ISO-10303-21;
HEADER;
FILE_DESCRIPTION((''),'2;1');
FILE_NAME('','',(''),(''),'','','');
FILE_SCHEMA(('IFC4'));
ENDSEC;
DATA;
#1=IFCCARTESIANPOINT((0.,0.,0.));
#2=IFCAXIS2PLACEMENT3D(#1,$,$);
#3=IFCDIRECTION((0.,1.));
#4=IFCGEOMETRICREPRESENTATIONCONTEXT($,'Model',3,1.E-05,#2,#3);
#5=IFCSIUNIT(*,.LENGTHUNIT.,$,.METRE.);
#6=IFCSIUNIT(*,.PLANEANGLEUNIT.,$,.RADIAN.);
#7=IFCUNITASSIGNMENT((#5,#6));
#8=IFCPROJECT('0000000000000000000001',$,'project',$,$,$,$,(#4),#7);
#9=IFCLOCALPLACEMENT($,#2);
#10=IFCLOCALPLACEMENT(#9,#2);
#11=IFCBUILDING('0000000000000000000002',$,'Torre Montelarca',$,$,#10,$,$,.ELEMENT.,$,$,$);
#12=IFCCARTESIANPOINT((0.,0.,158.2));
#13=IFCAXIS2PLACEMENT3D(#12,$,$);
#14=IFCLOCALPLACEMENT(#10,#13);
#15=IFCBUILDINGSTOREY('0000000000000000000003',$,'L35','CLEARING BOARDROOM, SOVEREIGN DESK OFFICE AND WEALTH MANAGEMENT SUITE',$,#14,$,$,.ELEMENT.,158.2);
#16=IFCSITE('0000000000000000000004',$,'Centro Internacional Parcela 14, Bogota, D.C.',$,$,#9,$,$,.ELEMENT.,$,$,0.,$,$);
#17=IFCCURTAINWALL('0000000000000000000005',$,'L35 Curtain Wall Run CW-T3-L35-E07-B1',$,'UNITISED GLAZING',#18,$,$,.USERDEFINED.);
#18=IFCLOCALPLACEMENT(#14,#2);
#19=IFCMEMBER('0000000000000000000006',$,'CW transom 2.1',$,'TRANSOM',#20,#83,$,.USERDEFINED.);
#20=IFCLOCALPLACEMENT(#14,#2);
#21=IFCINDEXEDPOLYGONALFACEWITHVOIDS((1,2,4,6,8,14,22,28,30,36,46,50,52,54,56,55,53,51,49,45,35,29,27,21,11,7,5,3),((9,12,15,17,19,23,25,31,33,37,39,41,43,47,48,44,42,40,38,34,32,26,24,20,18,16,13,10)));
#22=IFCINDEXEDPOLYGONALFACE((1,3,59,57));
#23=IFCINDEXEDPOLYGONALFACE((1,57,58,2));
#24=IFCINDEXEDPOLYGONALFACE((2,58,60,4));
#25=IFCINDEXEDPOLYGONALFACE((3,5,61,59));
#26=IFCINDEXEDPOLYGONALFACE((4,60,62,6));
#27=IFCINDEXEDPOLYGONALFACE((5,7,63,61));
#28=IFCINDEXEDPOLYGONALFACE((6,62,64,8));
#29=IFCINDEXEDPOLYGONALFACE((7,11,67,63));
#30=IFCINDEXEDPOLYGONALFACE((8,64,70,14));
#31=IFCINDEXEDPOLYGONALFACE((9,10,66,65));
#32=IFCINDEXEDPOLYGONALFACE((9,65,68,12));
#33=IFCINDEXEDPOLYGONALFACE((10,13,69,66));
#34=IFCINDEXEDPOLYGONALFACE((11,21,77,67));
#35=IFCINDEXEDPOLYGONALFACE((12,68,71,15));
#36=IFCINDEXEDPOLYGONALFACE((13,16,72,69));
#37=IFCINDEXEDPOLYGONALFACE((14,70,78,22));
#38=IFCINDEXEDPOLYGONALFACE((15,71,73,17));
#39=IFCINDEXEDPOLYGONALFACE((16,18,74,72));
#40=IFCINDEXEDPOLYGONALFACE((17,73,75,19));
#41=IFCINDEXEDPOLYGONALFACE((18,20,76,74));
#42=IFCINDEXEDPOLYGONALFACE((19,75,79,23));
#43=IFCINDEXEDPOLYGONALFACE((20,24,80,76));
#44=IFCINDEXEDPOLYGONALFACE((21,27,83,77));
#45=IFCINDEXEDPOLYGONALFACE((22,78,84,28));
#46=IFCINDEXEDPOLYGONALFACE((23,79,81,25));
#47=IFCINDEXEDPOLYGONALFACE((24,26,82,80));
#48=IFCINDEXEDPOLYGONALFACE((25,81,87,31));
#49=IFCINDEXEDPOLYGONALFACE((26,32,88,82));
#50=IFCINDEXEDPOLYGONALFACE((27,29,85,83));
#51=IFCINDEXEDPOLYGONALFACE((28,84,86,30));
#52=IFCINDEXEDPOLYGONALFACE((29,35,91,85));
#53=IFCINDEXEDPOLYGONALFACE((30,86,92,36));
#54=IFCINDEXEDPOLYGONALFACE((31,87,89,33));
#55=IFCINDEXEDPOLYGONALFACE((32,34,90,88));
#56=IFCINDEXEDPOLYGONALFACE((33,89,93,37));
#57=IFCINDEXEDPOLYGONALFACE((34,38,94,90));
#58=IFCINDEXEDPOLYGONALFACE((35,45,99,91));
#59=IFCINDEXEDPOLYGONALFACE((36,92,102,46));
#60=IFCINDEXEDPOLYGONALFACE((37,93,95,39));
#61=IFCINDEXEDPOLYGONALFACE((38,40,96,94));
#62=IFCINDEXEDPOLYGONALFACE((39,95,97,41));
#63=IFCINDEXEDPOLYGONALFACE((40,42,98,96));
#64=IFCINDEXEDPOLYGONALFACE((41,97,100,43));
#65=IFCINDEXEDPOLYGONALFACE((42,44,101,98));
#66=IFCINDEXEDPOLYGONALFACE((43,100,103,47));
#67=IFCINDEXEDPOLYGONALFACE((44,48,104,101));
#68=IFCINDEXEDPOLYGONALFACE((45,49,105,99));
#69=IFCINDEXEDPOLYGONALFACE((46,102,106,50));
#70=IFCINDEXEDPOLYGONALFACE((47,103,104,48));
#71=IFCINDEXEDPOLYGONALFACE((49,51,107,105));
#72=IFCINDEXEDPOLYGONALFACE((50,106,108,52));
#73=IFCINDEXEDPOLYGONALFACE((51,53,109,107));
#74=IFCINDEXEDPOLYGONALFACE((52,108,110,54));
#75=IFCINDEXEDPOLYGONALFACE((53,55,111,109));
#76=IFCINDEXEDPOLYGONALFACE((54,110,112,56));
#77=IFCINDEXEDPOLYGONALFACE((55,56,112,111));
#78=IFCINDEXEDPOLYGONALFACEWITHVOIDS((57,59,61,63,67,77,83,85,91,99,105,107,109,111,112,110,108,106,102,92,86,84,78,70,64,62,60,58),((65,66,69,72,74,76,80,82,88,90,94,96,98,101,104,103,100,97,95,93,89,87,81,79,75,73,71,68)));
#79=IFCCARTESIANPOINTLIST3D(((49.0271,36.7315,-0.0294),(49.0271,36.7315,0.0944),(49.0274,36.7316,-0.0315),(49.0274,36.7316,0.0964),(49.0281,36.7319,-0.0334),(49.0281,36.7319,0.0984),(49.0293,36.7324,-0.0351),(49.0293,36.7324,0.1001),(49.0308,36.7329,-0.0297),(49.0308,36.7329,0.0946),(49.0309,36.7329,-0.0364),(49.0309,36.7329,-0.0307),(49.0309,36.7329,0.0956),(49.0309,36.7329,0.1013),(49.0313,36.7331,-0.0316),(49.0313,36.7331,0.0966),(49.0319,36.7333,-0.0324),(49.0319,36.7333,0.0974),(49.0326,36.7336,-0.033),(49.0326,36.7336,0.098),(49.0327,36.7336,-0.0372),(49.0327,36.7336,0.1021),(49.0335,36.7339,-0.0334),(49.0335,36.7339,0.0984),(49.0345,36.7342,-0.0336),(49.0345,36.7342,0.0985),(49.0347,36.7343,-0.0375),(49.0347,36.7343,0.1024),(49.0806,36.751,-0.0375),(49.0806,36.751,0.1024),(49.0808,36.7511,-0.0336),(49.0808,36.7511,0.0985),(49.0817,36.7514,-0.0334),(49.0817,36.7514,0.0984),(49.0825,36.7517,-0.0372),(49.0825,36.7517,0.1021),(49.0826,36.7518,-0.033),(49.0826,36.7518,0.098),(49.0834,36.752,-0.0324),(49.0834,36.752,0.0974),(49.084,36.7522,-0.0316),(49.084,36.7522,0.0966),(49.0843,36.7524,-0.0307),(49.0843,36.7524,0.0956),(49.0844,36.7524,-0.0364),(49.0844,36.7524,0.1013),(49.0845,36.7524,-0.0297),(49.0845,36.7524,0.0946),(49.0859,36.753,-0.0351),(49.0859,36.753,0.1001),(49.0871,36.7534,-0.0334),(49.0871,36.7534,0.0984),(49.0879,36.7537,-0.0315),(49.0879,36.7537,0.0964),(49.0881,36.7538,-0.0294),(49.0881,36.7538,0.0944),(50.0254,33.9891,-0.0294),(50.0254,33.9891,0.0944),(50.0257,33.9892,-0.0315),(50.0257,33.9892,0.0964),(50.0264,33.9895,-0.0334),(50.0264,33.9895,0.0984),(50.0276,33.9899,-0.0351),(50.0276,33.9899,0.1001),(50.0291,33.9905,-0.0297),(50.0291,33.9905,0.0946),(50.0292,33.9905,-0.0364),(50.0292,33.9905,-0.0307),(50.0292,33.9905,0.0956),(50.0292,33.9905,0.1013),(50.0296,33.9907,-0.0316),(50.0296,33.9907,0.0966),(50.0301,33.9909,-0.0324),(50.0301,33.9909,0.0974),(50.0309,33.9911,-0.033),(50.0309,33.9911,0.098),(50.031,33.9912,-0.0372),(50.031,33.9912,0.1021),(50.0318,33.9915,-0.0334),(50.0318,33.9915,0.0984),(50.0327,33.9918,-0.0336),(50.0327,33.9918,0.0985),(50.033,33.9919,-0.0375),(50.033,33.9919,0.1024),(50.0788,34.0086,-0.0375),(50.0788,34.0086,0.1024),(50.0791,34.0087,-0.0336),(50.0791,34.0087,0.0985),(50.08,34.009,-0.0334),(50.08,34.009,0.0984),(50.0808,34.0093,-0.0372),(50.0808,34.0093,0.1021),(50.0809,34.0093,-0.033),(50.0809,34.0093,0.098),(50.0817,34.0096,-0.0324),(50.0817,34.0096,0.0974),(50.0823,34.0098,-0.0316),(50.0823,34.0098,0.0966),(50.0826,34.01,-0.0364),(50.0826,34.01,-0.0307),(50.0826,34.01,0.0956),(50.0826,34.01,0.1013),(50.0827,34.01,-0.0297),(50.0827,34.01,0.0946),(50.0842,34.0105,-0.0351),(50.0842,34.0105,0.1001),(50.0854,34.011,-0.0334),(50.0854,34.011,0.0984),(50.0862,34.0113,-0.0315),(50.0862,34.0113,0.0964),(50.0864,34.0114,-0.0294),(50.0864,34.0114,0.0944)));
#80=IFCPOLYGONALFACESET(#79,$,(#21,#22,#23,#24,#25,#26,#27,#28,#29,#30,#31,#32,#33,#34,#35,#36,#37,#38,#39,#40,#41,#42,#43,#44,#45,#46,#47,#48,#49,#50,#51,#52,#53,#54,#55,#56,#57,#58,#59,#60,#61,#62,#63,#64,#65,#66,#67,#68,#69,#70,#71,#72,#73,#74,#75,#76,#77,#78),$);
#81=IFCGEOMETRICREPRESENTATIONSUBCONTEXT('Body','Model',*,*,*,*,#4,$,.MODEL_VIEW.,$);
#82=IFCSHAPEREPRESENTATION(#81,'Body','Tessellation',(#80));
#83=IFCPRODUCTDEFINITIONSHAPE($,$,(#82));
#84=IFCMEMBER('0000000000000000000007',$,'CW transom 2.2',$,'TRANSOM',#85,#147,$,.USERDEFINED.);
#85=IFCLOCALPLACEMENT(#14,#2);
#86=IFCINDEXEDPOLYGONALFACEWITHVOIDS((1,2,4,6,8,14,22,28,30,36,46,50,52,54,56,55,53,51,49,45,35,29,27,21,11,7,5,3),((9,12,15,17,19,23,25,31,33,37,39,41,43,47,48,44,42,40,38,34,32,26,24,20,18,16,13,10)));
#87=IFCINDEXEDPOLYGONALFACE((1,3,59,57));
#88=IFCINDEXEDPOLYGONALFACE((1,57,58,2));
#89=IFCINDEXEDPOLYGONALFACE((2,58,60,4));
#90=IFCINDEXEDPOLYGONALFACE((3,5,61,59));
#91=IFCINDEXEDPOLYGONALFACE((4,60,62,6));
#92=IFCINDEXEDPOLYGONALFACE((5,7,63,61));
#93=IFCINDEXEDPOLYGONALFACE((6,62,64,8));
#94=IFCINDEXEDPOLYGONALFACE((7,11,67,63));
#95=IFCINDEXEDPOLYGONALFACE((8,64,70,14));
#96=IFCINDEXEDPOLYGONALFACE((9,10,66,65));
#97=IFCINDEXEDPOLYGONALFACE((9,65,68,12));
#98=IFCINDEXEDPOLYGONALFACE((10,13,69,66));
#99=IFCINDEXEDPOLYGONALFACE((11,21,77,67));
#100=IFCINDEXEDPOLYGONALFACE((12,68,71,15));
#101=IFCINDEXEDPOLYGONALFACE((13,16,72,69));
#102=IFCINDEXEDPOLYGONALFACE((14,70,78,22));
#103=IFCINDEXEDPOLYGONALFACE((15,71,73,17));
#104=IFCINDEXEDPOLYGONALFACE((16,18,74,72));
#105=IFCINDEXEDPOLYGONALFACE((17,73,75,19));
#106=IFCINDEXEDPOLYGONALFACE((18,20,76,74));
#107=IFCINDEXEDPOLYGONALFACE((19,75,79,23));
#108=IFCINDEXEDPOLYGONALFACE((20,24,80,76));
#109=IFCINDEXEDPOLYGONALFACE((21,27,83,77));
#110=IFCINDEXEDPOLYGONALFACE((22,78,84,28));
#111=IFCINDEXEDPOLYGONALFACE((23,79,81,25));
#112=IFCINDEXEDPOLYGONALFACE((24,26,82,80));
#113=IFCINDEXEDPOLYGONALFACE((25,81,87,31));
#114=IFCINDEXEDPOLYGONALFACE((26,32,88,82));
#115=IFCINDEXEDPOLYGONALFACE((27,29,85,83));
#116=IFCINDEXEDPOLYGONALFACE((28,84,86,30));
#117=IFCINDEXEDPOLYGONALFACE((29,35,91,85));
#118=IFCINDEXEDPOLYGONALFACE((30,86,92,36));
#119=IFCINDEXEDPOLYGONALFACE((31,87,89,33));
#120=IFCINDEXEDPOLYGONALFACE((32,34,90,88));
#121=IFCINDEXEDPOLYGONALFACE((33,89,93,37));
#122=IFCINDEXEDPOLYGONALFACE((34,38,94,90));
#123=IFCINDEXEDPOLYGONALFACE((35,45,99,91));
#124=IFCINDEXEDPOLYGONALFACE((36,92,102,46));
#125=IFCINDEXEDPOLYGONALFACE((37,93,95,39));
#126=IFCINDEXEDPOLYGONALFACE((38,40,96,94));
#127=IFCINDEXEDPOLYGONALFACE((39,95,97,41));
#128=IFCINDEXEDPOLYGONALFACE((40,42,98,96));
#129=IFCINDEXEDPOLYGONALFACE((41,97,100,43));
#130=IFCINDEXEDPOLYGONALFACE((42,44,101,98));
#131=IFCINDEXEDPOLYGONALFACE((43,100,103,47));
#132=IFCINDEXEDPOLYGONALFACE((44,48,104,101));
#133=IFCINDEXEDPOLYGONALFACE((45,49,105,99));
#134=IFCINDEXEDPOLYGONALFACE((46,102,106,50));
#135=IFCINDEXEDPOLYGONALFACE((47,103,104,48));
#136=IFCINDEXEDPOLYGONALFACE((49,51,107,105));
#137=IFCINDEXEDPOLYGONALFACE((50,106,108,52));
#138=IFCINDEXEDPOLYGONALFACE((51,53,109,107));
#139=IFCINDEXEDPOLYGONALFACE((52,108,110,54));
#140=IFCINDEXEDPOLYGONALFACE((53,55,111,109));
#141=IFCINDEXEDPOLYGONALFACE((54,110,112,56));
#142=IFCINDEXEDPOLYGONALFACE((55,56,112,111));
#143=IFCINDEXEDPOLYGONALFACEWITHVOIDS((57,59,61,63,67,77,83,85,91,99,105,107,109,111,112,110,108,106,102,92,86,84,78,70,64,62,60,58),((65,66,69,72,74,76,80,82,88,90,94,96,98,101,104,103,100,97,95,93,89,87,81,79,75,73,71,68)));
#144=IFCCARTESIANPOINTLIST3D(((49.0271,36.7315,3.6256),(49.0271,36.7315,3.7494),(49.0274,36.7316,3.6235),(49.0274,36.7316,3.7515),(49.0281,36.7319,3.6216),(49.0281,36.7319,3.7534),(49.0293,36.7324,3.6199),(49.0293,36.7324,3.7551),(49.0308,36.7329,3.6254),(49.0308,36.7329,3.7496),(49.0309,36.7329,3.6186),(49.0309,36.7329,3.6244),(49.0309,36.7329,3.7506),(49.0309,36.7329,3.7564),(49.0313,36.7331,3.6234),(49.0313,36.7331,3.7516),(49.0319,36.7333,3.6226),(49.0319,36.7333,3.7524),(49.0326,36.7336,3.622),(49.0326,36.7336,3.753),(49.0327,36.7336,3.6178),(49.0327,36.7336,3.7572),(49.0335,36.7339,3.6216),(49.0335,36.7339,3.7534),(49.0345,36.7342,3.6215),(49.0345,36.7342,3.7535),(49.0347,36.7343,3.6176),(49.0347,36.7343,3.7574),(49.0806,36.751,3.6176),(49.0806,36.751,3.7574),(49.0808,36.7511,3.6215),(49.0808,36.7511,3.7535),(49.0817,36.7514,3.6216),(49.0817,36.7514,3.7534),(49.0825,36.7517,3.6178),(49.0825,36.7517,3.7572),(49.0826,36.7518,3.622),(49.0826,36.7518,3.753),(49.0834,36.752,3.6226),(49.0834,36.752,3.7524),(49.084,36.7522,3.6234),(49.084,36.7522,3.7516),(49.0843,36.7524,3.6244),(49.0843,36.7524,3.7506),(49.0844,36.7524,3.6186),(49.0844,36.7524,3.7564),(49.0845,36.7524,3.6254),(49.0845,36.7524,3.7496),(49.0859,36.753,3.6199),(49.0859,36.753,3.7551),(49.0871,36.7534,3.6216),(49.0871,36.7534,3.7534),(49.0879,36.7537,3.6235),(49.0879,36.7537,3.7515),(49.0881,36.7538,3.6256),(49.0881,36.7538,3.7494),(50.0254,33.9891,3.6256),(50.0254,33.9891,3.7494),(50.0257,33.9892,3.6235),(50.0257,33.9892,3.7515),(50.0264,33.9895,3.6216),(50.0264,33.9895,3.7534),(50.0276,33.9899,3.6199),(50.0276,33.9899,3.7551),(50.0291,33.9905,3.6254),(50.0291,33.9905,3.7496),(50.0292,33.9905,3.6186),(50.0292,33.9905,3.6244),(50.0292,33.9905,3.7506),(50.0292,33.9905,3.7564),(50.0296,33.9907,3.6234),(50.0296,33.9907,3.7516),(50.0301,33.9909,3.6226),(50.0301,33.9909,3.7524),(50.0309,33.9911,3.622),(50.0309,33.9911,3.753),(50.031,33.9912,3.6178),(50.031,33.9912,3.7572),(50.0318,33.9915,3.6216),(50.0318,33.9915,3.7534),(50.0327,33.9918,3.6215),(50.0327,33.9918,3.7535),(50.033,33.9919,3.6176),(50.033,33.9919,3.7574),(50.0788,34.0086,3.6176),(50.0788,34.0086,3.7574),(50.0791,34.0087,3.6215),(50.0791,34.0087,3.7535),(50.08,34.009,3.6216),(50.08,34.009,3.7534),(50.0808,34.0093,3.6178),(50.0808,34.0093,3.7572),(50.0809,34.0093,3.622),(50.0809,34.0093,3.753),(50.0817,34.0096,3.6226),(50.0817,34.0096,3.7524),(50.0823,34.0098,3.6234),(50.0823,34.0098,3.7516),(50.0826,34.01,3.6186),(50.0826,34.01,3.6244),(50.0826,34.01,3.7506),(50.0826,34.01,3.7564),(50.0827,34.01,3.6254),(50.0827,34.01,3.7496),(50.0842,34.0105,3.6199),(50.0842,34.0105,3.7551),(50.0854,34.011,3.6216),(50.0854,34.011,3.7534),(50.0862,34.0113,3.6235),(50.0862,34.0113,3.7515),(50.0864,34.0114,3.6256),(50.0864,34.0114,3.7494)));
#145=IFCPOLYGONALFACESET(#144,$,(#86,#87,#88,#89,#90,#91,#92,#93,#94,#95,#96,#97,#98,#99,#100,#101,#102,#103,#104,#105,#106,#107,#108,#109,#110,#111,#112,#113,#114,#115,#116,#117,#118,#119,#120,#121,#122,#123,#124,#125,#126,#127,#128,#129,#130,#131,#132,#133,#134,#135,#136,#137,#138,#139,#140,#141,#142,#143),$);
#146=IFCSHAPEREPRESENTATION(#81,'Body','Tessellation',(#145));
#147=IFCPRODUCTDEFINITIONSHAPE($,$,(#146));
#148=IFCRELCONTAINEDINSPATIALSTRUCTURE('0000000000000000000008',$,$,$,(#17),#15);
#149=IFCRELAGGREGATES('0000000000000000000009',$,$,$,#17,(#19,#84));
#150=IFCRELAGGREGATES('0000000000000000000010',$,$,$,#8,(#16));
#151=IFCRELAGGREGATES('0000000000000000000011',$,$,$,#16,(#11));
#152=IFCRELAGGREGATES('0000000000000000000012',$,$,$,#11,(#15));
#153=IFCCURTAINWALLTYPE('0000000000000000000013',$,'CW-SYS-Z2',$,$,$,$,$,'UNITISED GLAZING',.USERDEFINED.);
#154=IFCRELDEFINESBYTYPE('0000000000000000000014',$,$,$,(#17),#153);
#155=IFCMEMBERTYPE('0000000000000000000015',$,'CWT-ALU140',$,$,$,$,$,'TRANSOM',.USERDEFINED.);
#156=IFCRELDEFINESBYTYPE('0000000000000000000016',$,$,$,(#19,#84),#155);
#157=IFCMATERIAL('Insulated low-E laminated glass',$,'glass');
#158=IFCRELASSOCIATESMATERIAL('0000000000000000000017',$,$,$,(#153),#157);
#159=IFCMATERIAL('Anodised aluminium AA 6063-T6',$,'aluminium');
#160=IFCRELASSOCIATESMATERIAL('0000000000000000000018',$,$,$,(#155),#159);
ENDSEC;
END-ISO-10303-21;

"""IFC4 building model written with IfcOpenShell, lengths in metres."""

from ifc_helpers import new_model, si_unit, direction, frame, origin, origin_2d, place, context, subcontext, project, spatial, hollow_rectangle, extrude, source, transform, mapped, material, material_profile, profile_set, type_object, element, aggregate, save


model = new_model("IFC4")

# Units and contexts
model_context = context("Model", 3, precision=1e-05, world=origin(), true_north=direction((0.0, 1.0)))
body_context = subcontext(model_context, "Body", "Model", "MODEL_VIEW")
ifc_project = project(units=[si_unit("LENGTHUNIT", "METRE"), si_unit("PLANEANGLEUNIT", "RADIAN")], contexts=[model_context])

# Site, building, storey
site_placement = place(None, origin())
site = spatial("IfcSite", under=ifc_project, at=site_placement, Name="Centro Internacional Parcela 14, Bogota, D.C.", CompositionType="ELEMENT", RefElevation=0.0)
building_placement = place(site_placement, origin())
building = spatial("IfcBuilding", under=site, at=building_placement, Name="Torre Montelarca", CompositionType="ELEMENT")
storey_placement = place(building_placement, frame((0.0, 0.0, 158.2)))
storey = spatial("IfcBuildingStorey", under=building, at=storey_placement, Name="L35", Description="CLEARING BOARDROOM, SOVEREIGN DESK OFFICE AND WEALTH MANAGEMENT SUITE", CompositionType="ELEMENT", Elevation=158.2)

# Curtain wall, members
ifc_material_1 = material(Name="Insulated low-E laminated glass", Category="glass")
curtain_wall_type = type_object("IfcCurtainWallType", Name="CW-SYS-Z2", ElementType="UNITISED GLAZING", PredefinedType="USERDEFINED", material=ifc_material_1)
curtain_wall_1_placement = place(storey_placement, origin())
curtain_wall_1 = element("IfcCurtainWall", 1, at=curtain_wall_1_placement, inside=storey, type_object=curtain_wall_type, Name="L35 Curtain Wall Run CW-T3-L35-E07-B1", ObjectType="UNITISED GLAZING", PredefinedType="USERDEFINED")
ifc_material_2 = material(Name="Anodised aluminium AA 6063-T6", Category="aluminium")
ifc_material_profile_1 = material_profile(ifc_material_2, hollow_rectangle(XDim=0.0649, YDim=0.1399, WallThickness=0.0039, InnerFilletRadius=0.0039, OuterFilletRadius=0.0081, at=origin_2d()), Name="ALU65X140X4", Category="aluminium")
ifc_profile_set_1 = profile_set([ifc_material_profile_1], Name="Anodised aluminium AA 6063-T6")
member_type_1 = type_object("IfcMemberType", Name="CWT-ALU140", ElementType="TRANSOM", PredefinedType="USERDEFINED", material=ifc_profile_set_1)
shared_shape_1 = source(origin(), body_context, "Body", "SweptSolid", [
    extrude(hollow_rectangle(XDim=0.0649, YDim=0.1399, WallThickness=0.0039, InnerFilletRadius=0.0039, OuterFilletRadius=0.0081, at=origin_2d()), origin(), (0.0, 0.0, 1.0), 2.9185),
])
member_1_placement = place(storey_placement, frame((50.0559, 34.0002, 0.0325), z_axis=(-0.342059, 0.939679, 0.0), x_axis=(-0.939679, -0.342059, 0.0)))
member_1 = element("IfcMember", 2, at=member_1_placement, type_object=member_type_1, Name="CW transom 2.1", ObjectType="TRANSOM", PredefinedType="USERDEFINED", context=body_context, shape_type="MappedRepresentation", body=[
    mapped(shared_shape_1, transform((0.0, 0.0, 0.0), scale=1.0)),
])
member_2_placement = place(storey_placement, frame((50.0559, 34.0002, 3.6875), z_axis=(-0.342059, 0.939679, 0.0), x_axis=(-0.939679, -0.342059, 0.0)))
member_2 = element("IfcMember", 3, at=member_2_placement, type_object=member_type_1, Name="CW transom 2.2", ObjectType="TRANSOM", PredefinedType="USERDEFINED", context=body_context, shape_type="MappedRepresentation", body=[
    mapped(shared_shape_1, transform((0.0, 0.0, 0.0), scale=1.0)),
])

aggregate(curtain_wall_1, [member_1, member_2])

save(model, "model.ifc")
